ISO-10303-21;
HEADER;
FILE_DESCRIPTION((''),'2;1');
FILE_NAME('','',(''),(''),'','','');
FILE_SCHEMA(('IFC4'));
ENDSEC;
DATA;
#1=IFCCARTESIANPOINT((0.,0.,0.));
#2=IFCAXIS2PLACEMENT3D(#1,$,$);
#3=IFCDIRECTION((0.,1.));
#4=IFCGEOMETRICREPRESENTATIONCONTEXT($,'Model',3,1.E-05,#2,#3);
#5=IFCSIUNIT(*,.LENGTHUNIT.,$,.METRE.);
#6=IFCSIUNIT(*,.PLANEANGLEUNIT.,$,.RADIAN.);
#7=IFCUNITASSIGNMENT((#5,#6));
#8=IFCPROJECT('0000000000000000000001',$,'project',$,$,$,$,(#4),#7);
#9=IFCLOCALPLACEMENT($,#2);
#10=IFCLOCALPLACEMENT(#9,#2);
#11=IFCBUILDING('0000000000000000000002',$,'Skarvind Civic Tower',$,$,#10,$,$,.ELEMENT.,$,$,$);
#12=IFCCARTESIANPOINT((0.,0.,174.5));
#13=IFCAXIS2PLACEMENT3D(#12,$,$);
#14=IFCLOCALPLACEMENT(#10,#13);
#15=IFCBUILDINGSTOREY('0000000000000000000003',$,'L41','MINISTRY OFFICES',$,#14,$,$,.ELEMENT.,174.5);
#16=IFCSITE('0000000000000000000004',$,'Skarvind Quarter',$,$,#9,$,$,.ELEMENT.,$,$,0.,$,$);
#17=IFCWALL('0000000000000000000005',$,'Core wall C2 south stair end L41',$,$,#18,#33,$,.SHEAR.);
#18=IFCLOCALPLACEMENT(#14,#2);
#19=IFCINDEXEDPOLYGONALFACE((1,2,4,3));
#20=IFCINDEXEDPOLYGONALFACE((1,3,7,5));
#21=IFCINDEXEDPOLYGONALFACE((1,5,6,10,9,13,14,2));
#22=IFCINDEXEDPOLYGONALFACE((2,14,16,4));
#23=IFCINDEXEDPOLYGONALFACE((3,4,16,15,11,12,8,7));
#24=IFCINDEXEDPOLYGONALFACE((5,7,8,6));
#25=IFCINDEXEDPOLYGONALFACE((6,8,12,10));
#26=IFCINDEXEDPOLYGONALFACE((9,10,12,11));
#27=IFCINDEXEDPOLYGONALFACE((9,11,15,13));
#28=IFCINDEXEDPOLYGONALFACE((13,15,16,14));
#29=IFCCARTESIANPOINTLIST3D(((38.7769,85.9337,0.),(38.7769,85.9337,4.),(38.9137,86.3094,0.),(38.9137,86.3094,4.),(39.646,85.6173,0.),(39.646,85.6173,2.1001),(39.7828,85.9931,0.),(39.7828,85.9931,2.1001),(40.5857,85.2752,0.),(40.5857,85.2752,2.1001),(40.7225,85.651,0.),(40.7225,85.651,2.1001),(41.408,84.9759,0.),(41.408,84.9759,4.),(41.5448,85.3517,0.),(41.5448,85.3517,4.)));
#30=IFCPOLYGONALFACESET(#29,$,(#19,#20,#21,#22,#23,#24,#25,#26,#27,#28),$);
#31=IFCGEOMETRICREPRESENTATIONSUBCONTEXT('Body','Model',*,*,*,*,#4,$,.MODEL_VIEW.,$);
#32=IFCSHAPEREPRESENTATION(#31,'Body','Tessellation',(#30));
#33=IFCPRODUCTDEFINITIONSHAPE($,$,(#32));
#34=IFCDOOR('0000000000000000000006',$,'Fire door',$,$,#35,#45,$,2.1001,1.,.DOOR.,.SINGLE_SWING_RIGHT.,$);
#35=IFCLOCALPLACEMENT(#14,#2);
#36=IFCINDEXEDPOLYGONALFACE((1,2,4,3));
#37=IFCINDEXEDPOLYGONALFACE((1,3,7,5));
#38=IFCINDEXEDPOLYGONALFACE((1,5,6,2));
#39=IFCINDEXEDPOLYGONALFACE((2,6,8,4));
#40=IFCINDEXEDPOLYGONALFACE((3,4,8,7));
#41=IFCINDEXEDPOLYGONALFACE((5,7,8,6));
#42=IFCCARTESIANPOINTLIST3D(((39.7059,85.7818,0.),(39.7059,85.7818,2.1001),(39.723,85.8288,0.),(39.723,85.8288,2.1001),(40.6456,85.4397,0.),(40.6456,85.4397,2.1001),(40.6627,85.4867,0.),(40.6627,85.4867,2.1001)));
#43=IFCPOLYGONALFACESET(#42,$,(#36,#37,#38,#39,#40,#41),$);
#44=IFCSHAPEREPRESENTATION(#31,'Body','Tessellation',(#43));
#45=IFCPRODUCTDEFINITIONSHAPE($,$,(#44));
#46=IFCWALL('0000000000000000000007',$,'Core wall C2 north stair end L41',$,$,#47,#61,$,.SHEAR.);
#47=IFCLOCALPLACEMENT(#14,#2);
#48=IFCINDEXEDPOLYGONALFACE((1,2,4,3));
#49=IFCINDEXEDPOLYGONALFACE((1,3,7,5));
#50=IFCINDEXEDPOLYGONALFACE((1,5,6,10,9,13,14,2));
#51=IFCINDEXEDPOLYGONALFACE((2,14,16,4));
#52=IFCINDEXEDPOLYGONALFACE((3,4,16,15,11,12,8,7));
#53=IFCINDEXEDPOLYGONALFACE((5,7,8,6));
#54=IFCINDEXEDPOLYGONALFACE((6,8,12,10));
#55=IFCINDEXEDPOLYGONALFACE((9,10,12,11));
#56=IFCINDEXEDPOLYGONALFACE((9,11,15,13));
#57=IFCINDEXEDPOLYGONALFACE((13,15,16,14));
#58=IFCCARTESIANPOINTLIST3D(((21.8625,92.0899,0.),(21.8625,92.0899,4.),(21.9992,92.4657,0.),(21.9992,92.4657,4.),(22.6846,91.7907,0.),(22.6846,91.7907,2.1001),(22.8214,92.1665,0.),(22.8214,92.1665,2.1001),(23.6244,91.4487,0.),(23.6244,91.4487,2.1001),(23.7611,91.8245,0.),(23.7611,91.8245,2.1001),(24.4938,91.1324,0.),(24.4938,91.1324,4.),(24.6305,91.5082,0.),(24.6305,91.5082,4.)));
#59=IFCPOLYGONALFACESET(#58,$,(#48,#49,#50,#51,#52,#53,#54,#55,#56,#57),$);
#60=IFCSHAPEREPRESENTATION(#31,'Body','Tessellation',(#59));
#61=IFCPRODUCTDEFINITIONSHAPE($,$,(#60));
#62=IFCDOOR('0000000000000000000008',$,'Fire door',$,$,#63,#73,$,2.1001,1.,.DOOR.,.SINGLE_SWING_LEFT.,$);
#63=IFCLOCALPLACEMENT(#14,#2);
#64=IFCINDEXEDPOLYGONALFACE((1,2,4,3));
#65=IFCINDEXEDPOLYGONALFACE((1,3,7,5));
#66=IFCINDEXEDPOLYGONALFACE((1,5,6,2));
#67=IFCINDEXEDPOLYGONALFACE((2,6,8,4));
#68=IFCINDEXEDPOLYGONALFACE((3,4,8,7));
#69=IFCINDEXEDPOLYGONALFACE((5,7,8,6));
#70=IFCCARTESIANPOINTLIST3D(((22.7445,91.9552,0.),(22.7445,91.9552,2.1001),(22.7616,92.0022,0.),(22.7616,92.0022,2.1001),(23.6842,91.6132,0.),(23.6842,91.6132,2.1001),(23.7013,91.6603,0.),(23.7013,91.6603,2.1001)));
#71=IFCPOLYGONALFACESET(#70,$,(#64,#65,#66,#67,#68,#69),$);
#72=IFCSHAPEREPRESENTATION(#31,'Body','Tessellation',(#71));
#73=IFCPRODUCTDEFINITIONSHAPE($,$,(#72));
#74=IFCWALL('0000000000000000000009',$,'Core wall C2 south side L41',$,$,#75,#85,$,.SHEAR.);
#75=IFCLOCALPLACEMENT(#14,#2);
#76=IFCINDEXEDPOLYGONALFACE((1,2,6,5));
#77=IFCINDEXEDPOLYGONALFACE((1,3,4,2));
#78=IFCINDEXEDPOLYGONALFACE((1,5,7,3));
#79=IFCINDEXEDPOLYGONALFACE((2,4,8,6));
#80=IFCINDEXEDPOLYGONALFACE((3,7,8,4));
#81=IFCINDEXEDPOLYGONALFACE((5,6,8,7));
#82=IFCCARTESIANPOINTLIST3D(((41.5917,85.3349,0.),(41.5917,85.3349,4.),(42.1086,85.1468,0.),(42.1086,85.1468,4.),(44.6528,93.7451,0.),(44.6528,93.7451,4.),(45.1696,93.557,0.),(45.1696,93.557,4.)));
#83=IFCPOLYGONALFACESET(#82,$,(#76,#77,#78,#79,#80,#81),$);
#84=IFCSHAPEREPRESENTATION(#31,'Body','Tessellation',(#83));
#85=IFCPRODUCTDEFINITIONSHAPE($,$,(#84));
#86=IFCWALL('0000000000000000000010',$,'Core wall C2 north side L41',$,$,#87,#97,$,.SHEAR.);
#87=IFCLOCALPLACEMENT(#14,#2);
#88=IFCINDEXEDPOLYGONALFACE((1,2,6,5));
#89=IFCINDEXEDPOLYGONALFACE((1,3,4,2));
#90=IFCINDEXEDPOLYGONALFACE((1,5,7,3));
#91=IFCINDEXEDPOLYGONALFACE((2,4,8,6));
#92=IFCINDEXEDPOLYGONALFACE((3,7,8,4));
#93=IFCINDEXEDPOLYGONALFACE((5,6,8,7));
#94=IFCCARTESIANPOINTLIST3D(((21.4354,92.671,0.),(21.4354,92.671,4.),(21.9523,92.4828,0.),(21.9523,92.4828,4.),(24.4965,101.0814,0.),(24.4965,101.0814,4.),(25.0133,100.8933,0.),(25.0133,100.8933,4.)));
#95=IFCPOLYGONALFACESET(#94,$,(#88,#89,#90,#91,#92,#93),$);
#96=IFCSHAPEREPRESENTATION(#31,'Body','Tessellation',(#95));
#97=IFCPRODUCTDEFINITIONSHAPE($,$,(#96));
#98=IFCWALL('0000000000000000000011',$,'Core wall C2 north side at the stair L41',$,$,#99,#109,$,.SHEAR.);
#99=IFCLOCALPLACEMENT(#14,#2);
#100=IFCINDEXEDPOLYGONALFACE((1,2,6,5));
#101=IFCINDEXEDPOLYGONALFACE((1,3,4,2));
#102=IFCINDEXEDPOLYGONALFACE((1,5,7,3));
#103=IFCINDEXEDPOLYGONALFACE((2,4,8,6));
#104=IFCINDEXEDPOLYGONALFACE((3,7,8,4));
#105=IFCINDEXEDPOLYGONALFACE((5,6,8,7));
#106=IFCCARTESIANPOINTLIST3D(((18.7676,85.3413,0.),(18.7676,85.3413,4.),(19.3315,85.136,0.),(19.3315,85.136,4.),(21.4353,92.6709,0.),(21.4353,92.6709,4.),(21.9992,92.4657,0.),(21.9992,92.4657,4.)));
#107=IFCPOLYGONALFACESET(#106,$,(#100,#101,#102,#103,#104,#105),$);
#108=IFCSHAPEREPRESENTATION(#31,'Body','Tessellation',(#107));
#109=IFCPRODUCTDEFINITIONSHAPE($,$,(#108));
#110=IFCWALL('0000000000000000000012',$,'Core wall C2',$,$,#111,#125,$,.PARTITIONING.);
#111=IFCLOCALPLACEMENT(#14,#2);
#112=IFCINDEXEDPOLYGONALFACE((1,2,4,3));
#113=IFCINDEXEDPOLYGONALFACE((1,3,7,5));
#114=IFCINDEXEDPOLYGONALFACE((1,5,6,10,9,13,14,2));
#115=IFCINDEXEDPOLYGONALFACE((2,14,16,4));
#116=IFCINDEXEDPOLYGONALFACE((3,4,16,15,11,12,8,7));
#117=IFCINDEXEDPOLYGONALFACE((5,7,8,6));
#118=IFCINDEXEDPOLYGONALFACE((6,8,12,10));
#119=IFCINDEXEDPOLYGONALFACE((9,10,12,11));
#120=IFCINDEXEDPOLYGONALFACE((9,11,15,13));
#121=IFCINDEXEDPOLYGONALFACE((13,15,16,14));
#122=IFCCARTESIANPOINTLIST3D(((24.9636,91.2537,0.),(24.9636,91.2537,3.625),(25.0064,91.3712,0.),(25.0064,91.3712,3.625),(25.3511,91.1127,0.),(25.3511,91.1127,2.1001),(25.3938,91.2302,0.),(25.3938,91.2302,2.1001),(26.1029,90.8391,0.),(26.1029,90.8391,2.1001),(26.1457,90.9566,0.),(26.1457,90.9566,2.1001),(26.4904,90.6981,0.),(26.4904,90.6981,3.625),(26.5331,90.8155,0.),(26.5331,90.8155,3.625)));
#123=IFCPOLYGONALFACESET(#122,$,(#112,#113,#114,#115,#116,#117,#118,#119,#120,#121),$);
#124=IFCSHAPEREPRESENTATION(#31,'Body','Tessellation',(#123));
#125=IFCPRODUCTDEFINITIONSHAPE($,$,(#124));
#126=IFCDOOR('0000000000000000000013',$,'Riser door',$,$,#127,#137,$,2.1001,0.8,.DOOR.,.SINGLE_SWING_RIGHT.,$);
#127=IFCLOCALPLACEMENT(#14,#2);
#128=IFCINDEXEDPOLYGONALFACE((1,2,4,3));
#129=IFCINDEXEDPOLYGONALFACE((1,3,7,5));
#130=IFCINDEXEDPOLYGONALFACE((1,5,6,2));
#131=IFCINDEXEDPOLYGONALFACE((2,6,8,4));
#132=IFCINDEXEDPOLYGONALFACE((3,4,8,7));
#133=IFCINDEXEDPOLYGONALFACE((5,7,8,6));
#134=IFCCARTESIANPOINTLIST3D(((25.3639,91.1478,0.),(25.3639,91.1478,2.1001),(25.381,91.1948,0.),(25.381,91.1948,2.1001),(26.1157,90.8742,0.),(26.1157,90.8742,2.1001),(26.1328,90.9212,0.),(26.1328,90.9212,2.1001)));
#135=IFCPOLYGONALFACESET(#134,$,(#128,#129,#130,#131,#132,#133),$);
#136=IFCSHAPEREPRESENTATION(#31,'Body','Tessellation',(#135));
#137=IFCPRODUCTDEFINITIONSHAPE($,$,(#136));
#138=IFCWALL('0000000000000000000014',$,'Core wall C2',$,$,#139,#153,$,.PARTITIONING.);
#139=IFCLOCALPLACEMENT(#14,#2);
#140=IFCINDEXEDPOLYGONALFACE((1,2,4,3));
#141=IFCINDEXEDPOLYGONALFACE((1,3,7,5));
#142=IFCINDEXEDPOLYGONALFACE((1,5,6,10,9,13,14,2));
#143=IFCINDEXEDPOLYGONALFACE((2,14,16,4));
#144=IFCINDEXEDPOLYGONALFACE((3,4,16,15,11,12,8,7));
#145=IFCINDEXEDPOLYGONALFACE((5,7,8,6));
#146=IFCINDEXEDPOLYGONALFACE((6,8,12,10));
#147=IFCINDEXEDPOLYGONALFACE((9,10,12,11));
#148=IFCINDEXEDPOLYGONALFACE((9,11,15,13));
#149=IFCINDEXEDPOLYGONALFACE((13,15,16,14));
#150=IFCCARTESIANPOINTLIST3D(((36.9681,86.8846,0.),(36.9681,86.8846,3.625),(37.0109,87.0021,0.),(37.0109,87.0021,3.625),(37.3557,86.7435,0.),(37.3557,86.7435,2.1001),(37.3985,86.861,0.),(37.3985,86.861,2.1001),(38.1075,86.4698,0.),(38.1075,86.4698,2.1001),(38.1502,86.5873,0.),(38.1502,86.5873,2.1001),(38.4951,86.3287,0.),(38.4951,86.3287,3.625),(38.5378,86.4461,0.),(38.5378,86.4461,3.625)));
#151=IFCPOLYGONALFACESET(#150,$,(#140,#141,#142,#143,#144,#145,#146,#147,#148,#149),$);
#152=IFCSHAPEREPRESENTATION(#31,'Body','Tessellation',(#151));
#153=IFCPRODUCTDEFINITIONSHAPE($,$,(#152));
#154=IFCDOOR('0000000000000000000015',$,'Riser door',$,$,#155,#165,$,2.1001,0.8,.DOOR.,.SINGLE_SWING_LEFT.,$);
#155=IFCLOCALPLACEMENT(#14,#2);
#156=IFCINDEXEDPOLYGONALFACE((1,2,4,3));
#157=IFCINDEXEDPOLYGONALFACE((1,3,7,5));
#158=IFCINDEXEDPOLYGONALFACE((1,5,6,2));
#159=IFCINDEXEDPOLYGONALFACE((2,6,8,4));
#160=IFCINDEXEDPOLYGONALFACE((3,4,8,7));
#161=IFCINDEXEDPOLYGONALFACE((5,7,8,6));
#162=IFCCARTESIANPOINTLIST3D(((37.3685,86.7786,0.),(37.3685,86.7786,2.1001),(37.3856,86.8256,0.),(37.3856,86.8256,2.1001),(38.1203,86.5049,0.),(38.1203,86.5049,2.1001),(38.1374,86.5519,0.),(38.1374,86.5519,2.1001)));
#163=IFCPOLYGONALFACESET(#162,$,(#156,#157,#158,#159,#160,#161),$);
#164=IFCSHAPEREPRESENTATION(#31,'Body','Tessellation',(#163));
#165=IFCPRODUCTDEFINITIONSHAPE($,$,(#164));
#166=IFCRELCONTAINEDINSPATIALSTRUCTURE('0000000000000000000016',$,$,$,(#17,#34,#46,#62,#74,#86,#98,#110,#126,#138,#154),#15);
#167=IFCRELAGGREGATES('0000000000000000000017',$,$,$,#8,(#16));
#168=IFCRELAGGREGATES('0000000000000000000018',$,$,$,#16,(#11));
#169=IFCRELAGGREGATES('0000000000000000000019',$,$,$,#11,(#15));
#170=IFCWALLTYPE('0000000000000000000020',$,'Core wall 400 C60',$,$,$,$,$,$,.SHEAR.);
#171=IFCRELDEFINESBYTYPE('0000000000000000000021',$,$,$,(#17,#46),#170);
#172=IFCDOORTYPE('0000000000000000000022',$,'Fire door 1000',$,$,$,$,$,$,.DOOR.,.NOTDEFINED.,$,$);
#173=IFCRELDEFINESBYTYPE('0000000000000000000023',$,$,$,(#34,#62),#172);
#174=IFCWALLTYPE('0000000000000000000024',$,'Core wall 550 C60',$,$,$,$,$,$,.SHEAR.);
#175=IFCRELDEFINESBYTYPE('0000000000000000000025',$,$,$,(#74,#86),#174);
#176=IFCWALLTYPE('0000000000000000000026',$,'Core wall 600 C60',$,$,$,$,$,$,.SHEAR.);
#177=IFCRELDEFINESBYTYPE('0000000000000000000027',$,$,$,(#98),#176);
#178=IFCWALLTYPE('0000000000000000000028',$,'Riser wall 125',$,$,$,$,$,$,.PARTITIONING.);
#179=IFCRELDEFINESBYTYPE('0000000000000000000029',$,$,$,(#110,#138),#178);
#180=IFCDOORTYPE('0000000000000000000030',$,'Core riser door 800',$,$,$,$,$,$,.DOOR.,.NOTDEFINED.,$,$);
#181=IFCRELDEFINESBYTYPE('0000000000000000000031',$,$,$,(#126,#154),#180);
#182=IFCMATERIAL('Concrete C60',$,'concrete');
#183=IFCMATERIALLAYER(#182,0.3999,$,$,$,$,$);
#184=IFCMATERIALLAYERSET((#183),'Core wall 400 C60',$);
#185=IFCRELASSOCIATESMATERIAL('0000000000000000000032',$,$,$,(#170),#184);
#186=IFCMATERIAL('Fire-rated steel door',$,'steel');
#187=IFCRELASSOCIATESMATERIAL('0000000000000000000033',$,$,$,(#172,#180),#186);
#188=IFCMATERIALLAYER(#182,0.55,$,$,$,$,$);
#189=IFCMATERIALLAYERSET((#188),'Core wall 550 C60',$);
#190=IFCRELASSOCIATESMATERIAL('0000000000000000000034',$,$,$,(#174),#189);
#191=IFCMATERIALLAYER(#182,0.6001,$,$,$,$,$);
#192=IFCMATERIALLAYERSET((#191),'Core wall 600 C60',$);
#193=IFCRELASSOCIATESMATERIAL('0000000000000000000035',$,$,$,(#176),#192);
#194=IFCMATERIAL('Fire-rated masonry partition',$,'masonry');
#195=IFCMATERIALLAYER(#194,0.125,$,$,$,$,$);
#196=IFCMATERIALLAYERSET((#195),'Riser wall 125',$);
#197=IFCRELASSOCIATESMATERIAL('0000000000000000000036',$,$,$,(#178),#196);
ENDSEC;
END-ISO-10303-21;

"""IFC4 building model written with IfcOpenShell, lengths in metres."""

from ifc_helpers import new_model, si_unit, direction, frame, frame_2d, origin, place, context, subcontext, project, spatial, rectangle, extrude, material, layer, layer_set, type_object, element, fill, save


model = new_model("IFC4")

# Units and contexts
model_context = context("Model", 3, precision=1e-05, world=origin(), true_north=direction((0.0, 1.0)))
body_context = subcontext(model_context, "Body", "Model", "MODEL_VIEW")
ifc_project = project(units=[si_unit("LENGTHUNIT", "METRE"), si_unit("PLANEANGLEUNIT", "RADIAN")], contexts=[model_context])

# Site, building, storey
site_placement = place(None, origin())
site = spatial("IfcSite", under=ifc_project, at=site_placement, Name="Skarvind Quarter", CompositionType="ELEMENT", RefElevation=0.0)
building_placement = place(site_placement, origin())
building = spatial("IfcBuilding", under=site, at=building_placement, Name="Skarvind Civic Tower", CompositionType="ELEMENT")
storey_placement = place(building_placement, frame((0.0, 0.0, 174.5)))
storey = spatial("IfcBuildingStorey", under=building, at=storey_placement, Name="L41", Description="MINISTRY OFFICES", CompositionType="ELEMENT", Elevation=174.5)

# Shared definitions
ifc_material_1 = material(Name="Fire-rated masonry partition", Category="masonry")
ifc_material_2 = material(Name="Fire-rated steel door", Category="steel")

# Shared definitions
ifc_material_3 = material(Name="Concrete C60", Category="concrete")

# Walls, openings, doors
ifc_layer_1 = layer(ifc_material_3, 0.3999)
ifc_layer_set_1 = layer_set([ifc_layer_1], Name="Core wall 400 C60")
wall_type_1 = type_object("IfcWallType", Name="Core wall 400 C60", PredefinedType="SHEAR", material=ifc_layer_set_1)
wall_1_placement = place(storey_placement, frame((41.4763, 85.1638, 0.0), z_axis=(0.0, 0.0, 1.0), x_axis=(-0.939679, 0.342058, 0.0)))
wall_1 = element("IfcWall", 1, at=wall_1_placement, inside=storey, type_object=wall_type_1, Name="Core wall C2 south stair end L41", PredefinedType="SHEAR", context=body_context, shape_type="SweptSolid", body=[
    extrude(rectangle(XDim=2.8, YDim=0.3999, at=frame_2d((1.3999, 0.0))), origin(), (0.0, 0.0, 1.0), 4.0),
])
opening_1_placement = place(wall_1_placement, frame((0.875, 0.0, 0.0)))
opening_1 = element("IfcOpeningElement", 2, at=opening_1_placement, cuts=wall_1, PredefinedType="OPENING", context=body_context, shape_type="SweptSolid", body=[
    extrude(rectangle(XDim=1.0, YDim=2.1001, at=frame_2d((0.5, 1.05))), frame((0.0, 0.21, 0.0), z_axis=(0.0, -1.0, 0.0), x_axis=(1.0, 0.0, 0.0)), (0.0, 0.0, 1.0), 0.4199),
])
door_type_1 = type_object("IfcDoorType", Name="Fire door 1000", OperationType="NOTDEFINED", PredefinedType="DOOR", material=ifc_material_2)
door_1_placement = place(opening_1_placement, origin())
door_1 = element("IfcDoor", 3, at=door_1_placement, inside=storey, type_object=door_type_1, Name="Fire door", OperationType="SINGLE_SWING_RIGHT", OverallHeight=2.1001, OverallWidth=1.0, PredefinedType="DOOR", context=body_context, shape_type="SweptSolid", body=[
    extrude(rectangle(XDim=1.0, YDim=2.1001, at=frame_2d((0.5, 1.05))), frame((0.0, 0.0249, 0.0), z_axis=(0.0, -1.0, 0.0), x_axis=(1.0, 0.0, 0.0)), (0.0, 0.0, 1.0), 0.05),
])
fill(opening_1, door_1)
wall_2_placement = place(storey_placement, frame((24.562, 91.3203, 0.0), z_axis=(0.0, 0.0, 1.0), x_axis=(-0.939717, 0.341953, 0.0)))
wall_2 = element("IfcWall", 4, at=wall_2_placement, inside=storey, type_object=wall_type_1, Name="Core wall C2 north stair end L41", PredefinedType="SHEAR", context=body_context, shape_type="SweptSolid", body=[
    extrude(rectangle(XDim=2.8, YDim=0.3999, at=frame_2d((1.3999, 0.0))), origin(), (0.0, 0.0, 1.0), 4.0),
])
opening_2_placement = place(wall_2_placement, frame((0.925, 0.0, 0.0)))
opening_2 = element("IfcOpeningElement", 5, at=opening_2_placement, cuts=wall_2, PredefinedType="OPENING", context=body_context, shape_type="SweptSolid", body=[
    extrude(rectangle(XDim=1.0, YDim=2.1001, at=frame_2d((0.5, 1.05))), frame((0.0, 0.21, 0.0), z_axis=(0.0, -1.0, 0.0), x_axis=(1.0, 0.0, 0.0)), (0.0, 0.0, 1.0), 0.4199),
])
door_2_placement = place(opening_2_placement, origin())
door_2 = element("IfcDoor", 6, at=door_2_placement, inside=storey, type_object=door_type_1, Name="Fire door", OperationType="SINGLE_SWING_LEFT", OverallHeight=2.1001, OverallWidth=1.0, PredefinedType="DOOR", context=body_context, shape_type="SweptSolid", body=[
    extrude(rectangle(XDim=1.0, YDim=2.1001, at=frame_2d((0.5, 1.05))), frame((0.0, 0.0249, 0.0), z_axis=(0.0, -1.0, 0.0), x_axis=(1.0, 0.0, 0.0)), (0.0, 0.0, 1.0), 0.05),
])
fill(opening_2, door_2)

# Walls
ifc_layer_2 = layer(ifc_material_3, 0.55)
ifc_layer_set_2 = layer_set([ifc_layer_2], Name="Core wall 550 C60")
wall_type_2 = type_object("IfcWallType", Name="Core wall 550 C60", PredefinedType="SHEAR", material=ifc_layer_set_2)
wall_3_placement = place(storey_placement, frame((41.8501, 85.2407, 0.0), z_axis=(0.0, 0.0, 1.0), x_axis=(0.342019, 0.939693, 0.0)))
element("IfcWall", 7, at=wall_3_placement, inside=storey, type_object=wall_type_2, Name="Core wall C2 south side L41", PredefinedType="SHEAR", context=body_context, shape_type="SweptSolid", body=[
    extrude(rectangle(XDim=8.95, YDim=0.55, at=frame_2d((4.4751, 0.0))), origin(), (0.0, 0.0, 1.0), 4.0),
])
wall_4_placement = place(storey_placement, frame((21.6938, 92.5769, 0.0), z_axis=(0.0, 0.0, 1.0), x_axis=(0.34201, 0.939696, 0.0)))
element("IfcWall", 8, at=wall_4_placement, inside=storey, type_object=wall_type_2, Name="Core wall C2 north side L41", PredefinedType="SHEAR", context=body_context, shape_type="SweptSolid", body=[
    extrude(rectangle(XDim=8.9502, YDim=0.55, at=frame_2d((4.4751, 0.0))), origin(), (0.0, 0.0, 1.0), 4.0),
])
ifc_layer_3 = layer(ifc_material_3, 0.6001)
ifc_layer_set_3 = layer_set([ifc_layer_3], Name="Core wall 600 C60")
wall_type_3 = type_object("IfcWallType", Name="Core wall 600 C60", PredefinedType="SHEAR", material=ifc_layer_set_3)
wall_5_placement = place(storey_placement, frame((19.0496, 85.2388, 0.0), z_axis=(0.0, 0.0, 1.0), x_axis=(0.342017, 0.939694, 0.0)))
element("IfcWall", 9, at=wall_5_placement, inside=storey, type_object=wall_type_3, Name="Core wall C2 north side at the stair L41", PredefinedType="SHEAR", context=body_context, shape_type="SweptSolid", body=[
    extrude(rectangle(XDim=7.8, YDim=0.6001, at=frame_2d((3.8999, 0.0))), origin(), (0.0, 0.0, 1.0), 4.0),
])

# Walls, openings, doors
ifc_layer_4 = layer(ifc_material_1, 0.125)
ifc_layer_set_4 = layer_set([ifc_layer_4], Name="Riser wall 125")
wall_type_4 = type_object("IfcWallType", Name="Riser wall 125", PredefinedType="PARTITIONING", material=ifc_layer_set_4)
wall_6_placement = place(storey_placement, frame((24.9849, 91.3125, 0.0), z_axis=(0.0, 0.0, 1.0), x_axis=(0.939706, -0.341984, 0.0)))
wall_6 = element("IfcWall", 10, at=wall_6_placement, inside=storey, type_object=wall_type_4, Name="Core wall C2", PredefinedType="PARTITIONING", context=body_context, shape_type="SweptSolid", body=[
    extrude(rectangle(XDim=1.6248, YDim=0.125, at=frame_2d((0.8125, 0.0))), origin(), (0.0, 0.0, 1.0), 3.625),
])
opening_3_placement = place(wall_6_placement, frame((0.4126, 0.0, 0.0)))
opening_3 = element("IfcOpeningElement", 11, at=opening_3_placement, cuts=wall_6, PredefinedType="OPENING", context=body_context, shape_type="SweptSolid", body=[
    extrude(rectangle(XDim=0.8, YDim=2.1001, at=frame_2d((0.3999, 1.05))), frame((0.0, 0.0725, 0.0), z_axis=(0.0, -1.0, 0.0), x_axis=(1.0, 0.0, 0.0)), (0.0, 0.0, 1.0), 0.145),
])
door_type_2 = type_object("IfcDoorType", Name="Core riser door 800", OperationType="NOTDEFINED", PredefinedType="DOOR", material=ifc_material_2)
door_3_placement = place(opening_3_placement, origin())
door_3 = element("IfcDoor", 12, at=door_3_placement, inside=storey, type_object=door_type_2, Name="Riser door", OperationType="SINGLE_SWING_RIGHT", OverallHeight=2.1001, OverallWidth=0.8, PredefinedType="DOOR", context=body_context, shape_type="SweptSolid", body=[
    extrude(rectangle(XDim=0.8, YDim=2.1001, at=frame_2d((0.3999, 1.05))), frame((0.0, 0.0249, 0.0), z_axis=(0.0, -1.0, 0.0), x_axis=(1.0, 0.0, 0.0)), (0.0, 0.0, 1.0), 0.05),
])
fill(opening_3, door_3)
wall_7_placement = place(storey_placement, frame((36.9895, 86.9434, 0.0), z_axis=(0.0, 0.0, 1.0), x_axis=(0.939657, -0.342117, 0.0)))
wall_7 = element("IfcWall", 13, at=wall_7_placement, inside=storey, type_object=wall_type_4, Name="Core wall C2", PredefinedType="PARTITIONING", context=body_context, shape_type="SweptSolid", body=[
    extrude(rectangle(XDim=1.625, YDim=0.125, at=frame_2d((0.8125, 0.0))), origin(), (0.0, 0.0, 1.0), 3.625),
])
opening_4_placement = place(wall_7_placement, frame((0.4126, 0.0, 0.0)))
opening_4 = element("IfcOpeningElement", 14, at=opening_4_placement, cuts=wall_7, PredefinedType="OPENING", context=body_context, shape_type="SweptSolid", body=[
    extrude(rectangle(XDim=0.8, YDim=2.1001, at=frame_2d((0.3999, 1.05))), frame((0.0, 0.0725, 0.0), z_axis=(0.0, -1.0, 0.0), x_axis=(1.0, 0.0, 0.0)), (0.0, 0.0, 1.0), 0.145),
])
door_4_placement = place(opening_4_placement, origin())
door_4 = element("IfcDoor", 15, at=door_4_placement, inside=storey, type_object=door_type_2, Name="Riser door", OperationType="SINGLE_SWING_LEFT", OverallHeight=2.1001, OverallWidth=0.8, PredefinedType="DOOR", context=body_context, shape_type="SweptSolid", body=[
    extrude(rectangle(XDim=0.8, YDim=2.1001, at=frame_2d((0.3999, 1.05))), frame((0.0, 0.0249, 0.0), z_axis=(0.0, -1.0, 0.0), x_axis=(1.0, 0.0, 0.0)), (0.0, 0.0, 1.0), 0.05),
])
fill(opening_4, door_4)

save(model, "model.ifc")
